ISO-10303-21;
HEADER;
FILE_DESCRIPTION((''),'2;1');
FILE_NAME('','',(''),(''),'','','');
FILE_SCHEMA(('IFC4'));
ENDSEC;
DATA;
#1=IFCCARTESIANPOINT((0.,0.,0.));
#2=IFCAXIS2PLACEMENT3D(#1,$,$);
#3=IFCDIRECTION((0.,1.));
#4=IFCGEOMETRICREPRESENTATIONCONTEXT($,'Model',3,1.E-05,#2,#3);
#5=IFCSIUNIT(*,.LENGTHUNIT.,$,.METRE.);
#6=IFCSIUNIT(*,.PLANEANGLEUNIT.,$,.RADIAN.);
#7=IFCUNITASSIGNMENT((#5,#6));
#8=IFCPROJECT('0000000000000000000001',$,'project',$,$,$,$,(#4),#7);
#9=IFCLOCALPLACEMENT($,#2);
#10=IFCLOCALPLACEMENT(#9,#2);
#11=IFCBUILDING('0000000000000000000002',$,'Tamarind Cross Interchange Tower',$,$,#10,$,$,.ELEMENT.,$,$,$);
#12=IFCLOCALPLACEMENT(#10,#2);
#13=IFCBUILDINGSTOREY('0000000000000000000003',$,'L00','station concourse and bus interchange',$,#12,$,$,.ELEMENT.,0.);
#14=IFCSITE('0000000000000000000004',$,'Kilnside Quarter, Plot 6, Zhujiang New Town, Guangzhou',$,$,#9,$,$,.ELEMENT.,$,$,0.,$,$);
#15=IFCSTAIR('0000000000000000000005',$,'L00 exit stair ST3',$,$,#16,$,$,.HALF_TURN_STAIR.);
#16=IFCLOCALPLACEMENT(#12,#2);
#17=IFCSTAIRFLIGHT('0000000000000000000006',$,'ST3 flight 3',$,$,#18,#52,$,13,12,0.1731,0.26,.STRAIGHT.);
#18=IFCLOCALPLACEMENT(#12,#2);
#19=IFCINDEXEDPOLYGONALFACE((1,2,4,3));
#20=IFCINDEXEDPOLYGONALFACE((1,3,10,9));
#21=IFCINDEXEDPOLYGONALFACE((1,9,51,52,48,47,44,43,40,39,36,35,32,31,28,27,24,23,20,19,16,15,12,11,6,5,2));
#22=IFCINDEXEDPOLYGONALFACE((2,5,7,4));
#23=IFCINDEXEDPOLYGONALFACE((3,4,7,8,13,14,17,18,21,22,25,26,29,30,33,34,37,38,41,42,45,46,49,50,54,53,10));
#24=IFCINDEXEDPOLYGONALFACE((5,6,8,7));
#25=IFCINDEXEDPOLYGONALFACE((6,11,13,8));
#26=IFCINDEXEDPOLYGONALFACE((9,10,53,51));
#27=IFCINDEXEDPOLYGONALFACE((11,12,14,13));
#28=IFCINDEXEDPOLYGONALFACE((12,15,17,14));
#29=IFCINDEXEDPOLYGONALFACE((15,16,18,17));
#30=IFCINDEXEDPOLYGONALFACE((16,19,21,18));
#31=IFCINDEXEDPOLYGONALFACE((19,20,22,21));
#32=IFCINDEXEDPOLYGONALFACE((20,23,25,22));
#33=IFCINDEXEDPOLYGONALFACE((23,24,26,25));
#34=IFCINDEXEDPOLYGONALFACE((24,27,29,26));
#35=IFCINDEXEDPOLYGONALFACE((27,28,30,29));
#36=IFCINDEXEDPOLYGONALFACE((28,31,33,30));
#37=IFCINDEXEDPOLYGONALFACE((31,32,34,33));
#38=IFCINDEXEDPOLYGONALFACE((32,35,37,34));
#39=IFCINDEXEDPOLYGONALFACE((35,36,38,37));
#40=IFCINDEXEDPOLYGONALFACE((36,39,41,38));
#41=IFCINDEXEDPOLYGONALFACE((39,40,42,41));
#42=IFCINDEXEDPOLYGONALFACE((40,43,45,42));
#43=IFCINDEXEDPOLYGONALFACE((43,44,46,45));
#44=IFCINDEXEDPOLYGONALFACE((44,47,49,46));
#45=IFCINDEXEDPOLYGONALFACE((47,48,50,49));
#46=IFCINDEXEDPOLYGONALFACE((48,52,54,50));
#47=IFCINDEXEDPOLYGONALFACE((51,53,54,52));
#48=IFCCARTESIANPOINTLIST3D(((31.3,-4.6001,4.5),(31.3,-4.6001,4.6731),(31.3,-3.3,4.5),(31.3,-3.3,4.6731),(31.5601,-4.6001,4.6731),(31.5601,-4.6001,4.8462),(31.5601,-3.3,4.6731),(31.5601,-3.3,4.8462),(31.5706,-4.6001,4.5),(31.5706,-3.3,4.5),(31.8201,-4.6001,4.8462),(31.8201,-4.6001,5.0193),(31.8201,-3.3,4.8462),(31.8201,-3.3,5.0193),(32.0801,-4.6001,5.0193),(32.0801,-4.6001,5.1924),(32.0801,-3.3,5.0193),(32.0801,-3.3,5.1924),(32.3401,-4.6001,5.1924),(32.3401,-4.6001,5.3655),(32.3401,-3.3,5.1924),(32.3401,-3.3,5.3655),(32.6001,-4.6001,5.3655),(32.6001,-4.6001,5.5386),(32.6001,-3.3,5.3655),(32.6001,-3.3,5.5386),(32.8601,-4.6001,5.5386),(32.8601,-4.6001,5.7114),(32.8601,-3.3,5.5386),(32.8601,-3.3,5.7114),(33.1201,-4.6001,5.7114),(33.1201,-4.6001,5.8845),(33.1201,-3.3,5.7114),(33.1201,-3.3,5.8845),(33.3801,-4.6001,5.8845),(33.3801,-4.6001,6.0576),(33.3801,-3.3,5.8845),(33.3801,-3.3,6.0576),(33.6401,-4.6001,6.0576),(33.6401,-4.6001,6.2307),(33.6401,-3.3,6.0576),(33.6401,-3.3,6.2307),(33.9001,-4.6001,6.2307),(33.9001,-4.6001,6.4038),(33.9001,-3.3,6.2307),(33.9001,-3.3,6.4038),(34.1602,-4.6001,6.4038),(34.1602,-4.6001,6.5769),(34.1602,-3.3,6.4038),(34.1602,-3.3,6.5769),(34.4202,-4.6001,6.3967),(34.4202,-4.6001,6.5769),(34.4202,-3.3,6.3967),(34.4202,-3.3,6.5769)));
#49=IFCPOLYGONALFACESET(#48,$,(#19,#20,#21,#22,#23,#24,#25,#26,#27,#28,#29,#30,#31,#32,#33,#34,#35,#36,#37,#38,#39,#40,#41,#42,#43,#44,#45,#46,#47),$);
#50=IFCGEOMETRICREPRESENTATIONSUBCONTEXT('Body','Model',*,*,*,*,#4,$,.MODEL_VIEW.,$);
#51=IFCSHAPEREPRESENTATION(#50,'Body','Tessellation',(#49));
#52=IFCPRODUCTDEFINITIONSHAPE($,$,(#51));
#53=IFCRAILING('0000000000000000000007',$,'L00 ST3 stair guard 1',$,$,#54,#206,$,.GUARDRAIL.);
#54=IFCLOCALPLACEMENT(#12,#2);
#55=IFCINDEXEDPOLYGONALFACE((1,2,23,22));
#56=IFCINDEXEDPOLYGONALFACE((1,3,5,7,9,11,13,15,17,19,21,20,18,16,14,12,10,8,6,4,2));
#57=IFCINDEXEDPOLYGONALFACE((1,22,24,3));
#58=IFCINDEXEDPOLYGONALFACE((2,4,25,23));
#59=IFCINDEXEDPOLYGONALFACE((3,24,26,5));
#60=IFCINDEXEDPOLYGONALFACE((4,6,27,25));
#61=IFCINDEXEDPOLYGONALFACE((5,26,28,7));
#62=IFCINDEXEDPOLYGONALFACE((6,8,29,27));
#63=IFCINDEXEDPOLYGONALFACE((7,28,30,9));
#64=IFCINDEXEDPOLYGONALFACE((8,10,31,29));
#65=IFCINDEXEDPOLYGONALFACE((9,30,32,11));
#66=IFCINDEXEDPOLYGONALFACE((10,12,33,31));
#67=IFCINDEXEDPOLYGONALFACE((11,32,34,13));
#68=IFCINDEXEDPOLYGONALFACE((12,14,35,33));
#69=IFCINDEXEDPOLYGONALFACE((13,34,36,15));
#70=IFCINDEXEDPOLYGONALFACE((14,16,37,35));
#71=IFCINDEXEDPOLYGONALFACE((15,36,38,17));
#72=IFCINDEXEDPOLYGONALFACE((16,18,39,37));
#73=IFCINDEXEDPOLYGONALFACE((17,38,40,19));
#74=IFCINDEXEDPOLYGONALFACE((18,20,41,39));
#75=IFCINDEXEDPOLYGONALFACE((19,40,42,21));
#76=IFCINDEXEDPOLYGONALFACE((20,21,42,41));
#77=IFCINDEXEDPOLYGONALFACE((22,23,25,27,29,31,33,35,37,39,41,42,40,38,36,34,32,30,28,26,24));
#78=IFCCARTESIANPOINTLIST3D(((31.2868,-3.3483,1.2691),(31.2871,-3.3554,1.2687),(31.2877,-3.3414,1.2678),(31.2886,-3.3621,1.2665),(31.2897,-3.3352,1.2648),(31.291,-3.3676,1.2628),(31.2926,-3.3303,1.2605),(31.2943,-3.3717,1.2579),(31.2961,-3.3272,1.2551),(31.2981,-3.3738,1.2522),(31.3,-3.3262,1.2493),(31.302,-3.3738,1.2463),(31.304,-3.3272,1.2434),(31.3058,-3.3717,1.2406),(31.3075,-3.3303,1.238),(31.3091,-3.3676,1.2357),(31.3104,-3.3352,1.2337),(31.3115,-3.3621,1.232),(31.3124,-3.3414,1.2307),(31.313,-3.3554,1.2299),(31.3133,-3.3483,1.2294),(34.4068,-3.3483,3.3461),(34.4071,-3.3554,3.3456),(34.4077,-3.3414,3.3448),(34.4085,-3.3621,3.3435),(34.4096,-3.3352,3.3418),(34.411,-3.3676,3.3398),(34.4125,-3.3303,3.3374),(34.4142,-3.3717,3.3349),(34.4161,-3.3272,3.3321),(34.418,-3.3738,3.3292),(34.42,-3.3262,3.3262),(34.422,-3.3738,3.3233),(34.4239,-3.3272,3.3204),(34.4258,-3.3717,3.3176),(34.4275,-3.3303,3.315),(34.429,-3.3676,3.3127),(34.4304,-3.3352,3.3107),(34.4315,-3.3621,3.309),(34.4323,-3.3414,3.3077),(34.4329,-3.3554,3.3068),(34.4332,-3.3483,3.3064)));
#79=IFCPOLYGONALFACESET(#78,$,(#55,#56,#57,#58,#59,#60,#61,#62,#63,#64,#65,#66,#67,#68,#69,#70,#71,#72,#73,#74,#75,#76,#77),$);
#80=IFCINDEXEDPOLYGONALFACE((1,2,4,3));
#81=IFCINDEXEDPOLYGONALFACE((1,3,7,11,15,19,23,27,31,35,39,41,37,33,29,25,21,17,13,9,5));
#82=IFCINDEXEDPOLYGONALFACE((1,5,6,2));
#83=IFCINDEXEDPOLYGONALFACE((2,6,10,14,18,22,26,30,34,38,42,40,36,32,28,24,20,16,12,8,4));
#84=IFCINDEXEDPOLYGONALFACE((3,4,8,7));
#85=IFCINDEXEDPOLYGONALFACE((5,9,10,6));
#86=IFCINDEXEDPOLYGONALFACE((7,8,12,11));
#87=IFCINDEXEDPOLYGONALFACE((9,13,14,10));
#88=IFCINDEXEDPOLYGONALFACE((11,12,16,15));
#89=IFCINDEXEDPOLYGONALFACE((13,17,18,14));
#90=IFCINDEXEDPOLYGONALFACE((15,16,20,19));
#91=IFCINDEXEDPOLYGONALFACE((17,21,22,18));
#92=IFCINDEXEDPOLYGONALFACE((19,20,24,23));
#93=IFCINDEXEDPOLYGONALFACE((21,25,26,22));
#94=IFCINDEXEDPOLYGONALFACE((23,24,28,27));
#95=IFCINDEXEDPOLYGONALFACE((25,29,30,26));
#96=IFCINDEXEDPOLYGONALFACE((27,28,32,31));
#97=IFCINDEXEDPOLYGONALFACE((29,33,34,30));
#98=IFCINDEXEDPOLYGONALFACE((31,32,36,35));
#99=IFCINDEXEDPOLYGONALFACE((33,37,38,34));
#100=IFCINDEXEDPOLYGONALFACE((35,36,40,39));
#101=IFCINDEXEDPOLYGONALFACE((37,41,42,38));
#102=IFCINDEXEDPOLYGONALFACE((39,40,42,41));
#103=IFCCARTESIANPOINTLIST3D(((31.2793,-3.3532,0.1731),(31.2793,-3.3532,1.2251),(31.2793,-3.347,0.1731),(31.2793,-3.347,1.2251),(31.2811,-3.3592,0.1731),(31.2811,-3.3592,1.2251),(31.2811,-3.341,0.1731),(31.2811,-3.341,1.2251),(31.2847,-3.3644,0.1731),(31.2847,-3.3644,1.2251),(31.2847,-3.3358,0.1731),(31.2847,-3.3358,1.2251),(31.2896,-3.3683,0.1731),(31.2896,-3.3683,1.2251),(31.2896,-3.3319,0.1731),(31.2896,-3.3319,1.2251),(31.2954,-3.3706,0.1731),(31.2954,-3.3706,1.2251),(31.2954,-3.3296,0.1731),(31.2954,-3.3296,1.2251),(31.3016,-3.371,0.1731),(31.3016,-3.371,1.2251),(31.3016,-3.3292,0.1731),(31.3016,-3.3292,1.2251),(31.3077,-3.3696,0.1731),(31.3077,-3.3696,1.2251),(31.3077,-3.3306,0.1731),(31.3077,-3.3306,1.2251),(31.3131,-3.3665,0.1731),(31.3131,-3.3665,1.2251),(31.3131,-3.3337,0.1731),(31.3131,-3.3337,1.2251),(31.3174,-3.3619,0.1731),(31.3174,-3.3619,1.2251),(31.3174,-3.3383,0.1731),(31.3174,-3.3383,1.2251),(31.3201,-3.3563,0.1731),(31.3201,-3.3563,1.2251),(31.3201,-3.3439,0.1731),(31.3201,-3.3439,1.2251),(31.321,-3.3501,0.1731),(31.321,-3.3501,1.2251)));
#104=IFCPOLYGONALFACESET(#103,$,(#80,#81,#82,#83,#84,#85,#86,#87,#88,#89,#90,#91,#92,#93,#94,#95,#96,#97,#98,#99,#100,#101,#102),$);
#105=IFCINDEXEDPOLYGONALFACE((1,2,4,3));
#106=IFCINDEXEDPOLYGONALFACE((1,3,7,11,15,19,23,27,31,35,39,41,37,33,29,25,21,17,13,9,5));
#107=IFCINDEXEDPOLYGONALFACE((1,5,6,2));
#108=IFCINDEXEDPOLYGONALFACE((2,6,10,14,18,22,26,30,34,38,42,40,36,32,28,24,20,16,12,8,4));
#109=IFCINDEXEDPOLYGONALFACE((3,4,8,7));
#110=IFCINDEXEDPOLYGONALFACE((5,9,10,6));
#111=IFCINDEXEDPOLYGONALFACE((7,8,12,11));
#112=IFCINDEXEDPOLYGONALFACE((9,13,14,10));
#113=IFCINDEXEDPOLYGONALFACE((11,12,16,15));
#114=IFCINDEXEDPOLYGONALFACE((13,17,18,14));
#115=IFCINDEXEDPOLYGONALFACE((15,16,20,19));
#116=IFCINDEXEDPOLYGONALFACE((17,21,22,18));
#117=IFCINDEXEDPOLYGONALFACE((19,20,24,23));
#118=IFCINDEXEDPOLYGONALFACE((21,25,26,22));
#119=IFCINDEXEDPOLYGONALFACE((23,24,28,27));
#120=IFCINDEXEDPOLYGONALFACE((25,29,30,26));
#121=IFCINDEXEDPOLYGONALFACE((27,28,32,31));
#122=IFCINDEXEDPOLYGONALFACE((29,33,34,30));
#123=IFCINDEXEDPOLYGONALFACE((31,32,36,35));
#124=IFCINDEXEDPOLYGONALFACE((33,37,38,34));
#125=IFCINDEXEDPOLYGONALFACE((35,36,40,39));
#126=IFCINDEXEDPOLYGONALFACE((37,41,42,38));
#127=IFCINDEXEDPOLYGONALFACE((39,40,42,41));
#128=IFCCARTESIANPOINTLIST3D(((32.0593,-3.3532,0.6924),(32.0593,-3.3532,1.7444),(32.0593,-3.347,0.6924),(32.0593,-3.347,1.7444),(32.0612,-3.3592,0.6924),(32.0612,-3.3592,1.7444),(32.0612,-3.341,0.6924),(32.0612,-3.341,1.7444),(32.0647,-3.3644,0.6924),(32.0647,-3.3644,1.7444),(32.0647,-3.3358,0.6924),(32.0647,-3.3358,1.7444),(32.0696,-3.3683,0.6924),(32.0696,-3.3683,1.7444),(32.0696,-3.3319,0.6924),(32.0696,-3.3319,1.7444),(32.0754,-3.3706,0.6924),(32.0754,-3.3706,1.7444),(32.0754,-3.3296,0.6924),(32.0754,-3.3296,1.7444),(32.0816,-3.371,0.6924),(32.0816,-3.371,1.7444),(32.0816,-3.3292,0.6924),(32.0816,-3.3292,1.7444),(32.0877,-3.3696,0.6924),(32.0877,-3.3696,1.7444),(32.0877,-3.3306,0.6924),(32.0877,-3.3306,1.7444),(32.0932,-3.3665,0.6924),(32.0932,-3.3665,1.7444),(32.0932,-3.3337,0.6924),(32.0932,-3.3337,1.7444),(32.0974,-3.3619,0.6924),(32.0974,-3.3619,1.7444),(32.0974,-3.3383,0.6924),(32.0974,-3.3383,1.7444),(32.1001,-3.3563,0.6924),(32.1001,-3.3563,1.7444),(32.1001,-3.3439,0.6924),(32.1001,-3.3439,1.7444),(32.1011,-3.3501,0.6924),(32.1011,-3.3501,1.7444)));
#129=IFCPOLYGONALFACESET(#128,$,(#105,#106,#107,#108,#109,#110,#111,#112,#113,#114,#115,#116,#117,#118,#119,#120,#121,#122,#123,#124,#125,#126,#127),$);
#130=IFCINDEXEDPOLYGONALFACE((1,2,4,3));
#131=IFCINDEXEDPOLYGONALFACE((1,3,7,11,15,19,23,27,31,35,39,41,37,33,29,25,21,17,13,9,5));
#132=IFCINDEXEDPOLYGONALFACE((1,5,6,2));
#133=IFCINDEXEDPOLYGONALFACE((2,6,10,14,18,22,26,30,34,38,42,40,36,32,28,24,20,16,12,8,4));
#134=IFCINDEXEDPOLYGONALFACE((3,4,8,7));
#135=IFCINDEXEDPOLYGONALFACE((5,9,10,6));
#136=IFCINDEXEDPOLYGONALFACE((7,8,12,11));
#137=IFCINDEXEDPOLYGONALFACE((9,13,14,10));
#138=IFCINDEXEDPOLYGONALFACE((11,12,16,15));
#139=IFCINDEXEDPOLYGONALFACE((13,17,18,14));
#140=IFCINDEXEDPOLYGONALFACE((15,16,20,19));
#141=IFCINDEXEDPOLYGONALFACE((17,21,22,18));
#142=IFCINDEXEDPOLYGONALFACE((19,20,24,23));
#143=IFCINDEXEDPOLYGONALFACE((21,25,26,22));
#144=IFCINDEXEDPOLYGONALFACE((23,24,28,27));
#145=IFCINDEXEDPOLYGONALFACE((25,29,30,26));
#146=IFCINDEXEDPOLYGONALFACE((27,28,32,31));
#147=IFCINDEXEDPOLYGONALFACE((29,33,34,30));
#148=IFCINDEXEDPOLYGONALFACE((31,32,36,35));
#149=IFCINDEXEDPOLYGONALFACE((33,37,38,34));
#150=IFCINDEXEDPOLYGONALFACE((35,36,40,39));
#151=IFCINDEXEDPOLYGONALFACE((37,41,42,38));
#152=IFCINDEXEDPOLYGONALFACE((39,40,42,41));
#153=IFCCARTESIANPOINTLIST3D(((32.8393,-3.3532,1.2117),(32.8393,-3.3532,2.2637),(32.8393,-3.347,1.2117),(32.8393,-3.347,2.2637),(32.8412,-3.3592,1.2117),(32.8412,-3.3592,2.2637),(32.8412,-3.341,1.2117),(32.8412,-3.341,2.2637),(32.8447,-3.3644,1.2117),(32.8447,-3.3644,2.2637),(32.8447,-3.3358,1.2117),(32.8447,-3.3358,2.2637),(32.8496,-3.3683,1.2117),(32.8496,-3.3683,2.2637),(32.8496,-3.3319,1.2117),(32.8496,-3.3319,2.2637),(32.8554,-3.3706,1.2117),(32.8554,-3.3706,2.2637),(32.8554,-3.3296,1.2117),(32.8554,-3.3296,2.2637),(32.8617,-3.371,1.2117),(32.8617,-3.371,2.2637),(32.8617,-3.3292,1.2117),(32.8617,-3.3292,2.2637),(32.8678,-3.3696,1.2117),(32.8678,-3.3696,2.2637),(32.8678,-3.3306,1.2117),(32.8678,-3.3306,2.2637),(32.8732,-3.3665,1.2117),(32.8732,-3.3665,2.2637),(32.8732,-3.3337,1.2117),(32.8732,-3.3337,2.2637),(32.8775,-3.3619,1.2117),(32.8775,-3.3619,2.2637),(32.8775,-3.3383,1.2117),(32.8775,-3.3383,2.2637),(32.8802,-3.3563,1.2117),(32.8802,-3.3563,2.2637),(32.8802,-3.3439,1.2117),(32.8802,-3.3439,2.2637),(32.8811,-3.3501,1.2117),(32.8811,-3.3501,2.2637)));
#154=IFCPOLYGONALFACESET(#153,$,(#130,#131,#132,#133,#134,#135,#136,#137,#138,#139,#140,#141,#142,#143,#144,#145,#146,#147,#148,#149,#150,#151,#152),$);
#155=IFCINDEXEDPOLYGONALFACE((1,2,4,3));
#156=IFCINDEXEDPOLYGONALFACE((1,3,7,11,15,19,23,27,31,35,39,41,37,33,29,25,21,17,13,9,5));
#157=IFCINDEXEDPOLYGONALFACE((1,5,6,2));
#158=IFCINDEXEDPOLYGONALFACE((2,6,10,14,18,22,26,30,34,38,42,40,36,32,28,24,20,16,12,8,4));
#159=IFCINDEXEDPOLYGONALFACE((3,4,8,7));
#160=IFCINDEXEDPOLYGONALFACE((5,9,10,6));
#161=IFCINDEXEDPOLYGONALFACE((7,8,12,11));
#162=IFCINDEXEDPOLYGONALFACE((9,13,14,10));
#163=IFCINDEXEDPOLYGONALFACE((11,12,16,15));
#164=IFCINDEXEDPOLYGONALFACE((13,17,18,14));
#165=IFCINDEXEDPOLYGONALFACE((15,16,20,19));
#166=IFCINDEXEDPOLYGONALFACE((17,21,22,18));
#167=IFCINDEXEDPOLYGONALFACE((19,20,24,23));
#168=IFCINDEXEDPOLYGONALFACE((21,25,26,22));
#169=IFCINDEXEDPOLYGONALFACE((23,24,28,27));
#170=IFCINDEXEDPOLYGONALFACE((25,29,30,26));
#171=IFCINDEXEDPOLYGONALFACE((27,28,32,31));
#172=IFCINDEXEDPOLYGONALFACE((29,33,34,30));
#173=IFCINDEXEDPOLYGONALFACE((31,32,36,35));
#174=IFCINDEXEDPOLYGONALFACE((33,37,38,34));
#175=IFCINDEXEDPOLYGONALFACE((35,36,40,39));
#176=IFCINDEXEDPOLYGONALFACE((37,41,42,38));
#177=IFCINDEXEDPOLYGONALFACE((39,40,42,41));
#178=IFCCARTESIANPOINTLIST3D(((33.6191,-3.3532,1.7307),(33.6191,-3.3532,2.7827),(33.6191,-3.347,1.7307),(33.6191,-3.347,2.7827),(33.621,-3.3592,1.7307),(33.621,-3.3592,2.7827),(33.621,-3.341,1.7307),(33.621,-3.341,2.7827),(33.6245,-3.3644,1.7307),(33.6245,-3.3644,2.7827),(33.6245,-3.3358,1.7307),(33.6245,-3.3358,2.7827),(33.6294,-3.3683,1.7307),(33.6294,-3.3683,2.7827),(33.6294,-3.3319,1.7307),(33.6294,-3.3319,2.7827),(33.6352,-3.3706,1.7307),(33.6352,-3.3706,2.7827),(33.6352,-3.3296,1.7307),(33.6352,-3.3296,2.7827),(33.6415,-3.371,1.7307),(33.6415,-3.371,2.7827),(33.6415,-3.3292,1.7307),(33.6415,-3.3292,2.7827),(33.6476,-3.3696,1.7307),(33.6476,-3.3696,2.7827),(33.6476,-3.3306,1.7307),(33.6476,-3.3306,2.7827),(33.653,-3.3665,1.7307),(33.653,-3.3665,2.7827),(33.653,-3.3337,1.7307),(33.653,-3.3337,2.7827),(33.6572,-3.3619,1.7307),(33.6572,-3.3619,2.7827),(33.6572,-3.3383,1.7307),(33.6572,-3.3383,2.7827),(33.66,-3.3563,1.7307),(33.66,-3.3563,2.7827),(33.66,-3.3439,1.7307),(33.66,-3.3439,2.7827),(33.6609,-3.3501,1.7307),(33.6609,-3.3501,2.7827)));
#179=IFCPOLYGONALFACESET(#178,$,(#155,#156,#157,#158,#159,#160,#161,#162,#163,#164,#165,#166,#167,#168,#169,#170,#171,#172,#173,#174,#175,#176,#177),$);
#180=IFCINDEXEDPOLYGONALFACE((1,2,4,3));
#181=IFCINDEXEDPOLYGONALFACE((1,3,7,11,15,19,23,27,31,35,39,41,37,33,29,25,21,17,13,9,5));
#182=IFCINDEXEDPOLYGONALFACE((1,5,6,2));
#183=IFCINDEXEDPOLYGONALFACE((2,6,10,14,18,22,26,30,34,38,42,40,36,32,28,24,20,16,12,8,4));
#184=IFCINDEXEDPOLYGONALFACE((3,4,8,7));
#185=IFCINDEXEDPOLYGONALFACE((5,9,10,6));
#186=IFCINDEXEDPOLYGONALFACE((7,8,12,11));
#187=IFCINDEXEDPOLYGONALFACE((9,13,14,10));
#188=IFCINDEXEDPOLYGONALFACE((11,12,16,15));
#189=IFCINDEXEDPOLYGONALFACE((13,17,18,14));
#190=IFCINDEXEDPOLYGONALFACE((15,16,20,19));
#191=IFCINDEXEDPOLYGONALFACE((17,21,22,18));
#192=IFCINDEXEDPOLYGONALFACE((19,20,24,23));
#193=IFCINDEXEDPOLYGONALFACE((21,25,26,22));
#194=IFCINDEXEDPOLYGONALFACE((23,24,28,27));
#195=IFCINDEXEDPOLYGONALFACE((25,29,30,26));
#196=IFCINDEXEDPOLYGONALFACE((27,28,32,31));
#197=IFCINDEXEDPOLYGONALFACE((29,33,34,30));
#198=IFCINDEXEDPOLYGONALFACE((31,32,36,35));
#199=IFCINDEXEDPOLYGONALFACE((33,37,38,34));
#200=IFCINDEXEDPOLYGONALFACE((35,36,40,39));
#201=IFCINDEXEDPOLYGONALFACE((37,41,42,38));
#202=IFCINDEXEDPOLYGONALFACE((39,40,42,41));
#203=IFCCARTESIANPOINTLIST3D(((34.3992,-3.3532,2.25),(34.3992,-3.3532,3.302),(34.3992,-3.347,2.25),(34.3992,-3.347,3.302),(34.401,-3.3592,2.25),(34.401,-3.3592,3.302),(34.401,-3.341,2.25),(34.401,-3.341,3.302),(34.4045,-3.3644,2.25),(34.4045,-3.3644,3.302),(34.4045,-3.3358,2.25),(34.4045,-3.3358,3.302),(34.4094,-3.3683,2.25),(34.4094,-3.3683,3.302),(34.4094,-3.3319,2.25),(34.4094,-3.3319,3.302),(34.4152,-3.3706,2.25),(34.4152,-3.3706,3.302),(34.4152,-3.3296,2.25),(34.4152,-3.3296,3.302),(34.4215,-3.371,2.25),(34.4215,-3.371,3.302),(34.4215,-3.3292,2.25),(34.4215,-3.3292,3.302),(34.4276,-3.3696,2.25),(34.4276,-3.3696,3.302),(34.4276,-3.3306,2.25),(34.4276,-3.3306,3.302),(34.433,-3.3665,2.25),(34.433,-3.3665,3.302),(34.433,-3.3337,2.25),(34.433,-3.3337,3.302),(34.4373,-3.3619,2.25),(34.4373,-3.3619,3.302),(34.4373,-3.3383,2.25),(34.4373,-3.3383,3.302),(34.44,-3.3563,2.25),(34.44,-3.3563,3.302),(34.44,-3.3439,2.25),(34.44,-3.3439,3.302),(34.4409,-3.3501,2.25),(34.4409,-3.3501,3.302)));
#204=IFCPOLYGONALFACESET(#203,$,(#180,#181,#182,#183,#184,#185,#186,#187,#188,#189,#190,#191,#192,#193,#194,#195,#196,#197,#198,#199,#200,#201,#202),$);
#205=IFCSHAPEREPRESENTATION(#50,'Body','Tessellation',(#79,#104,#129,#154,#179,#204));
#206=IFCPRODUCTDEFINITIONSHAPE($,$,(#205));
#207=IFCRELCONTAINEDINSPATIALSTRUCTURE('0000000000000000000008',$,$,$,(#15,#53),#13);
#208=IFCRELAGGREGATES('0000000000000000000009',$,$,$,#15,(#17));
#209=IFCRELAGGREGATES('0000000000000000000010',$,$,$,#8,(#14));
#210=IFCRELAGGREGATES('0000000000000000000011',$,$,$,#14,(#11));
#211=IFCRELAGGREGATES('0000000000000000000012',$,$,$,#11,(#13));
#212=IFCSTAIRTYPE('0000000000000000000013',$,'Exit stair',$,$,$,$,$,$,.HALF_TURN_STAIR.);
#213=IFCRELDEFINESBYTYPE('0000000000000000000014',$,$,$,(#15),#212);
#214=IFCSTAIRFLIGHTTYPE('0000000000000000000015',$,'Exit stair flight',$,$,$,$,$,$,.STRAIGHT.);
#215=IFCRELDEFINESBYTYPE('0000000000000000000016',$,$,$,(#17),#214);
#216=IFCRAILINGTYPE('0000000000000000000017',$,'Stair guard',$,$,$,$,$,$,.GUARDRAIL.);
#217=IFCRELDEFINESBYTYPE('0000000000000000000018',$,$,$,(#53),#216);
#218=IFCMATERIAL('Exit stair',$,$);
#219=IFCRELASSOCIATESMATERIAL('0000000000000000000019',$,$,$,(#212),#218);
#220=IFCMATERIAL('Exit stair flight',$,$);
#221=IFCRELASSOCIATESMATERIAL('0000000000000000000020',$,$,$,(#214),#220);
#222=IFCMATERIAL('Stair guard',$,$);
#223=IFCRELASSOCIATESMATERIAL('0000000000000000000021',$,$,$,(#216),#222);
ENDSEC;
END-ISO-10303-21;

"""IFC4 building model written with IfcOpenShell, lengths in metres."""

from ifc_helpers import new_model, si_unit, direction, frame, origin, origin_2d, place, context, subcontext, project, spatial, polyline, circle, outline, extrude, material, type_object, element, aggregate, save


model = new_model("IFC4")

# Units and contexts
model_context = context("Model", 3, precision=1e-05, world=origin(), true_north=direction((0.0, 1.0)))
body_context = subcontext(model_context, "Body", "Model", "MODEL_VIEW")
ifc_project = project(units=[si_unit("LENGTHUNIT", "METRE"), si_unit("PLANEANGLEUNIT", "RADIAN")], contexts=[model_context])

# Site, building, storey
site_placement = place(None, origin())
site = spatial("IfcSite", under=ifc_project, at=site_placement, Name="Kilnside Quarter, Plot 6, Zhujiang New Town, Guangzhou", CompositionType="ELEMENT", RefElevation=0.0)
building_placement = place(site_placement, origin())
building = spatial("IfcBuilding", under=site, at=building_placement, Name="Tamarind Cross Interchange Tower", CompositionType="ELEMENT")
storey_placement = place(building_placement, origin())
storey = spatial("IfcBuildingStorey", under=building, at=storey_placement, Name="L00", Description="station concourse and bus interchange", CompositionType="ELEMENT", Elevation=0.0)

# Stair, stair flight
ifc_material_1 = material(Name="Exit stair")
stair_type = type_object("IfcStairType", Name="Exit stair", PredefinedType="HALF_TURN_STAIR", material=ifc_material_1)
stair_placement = place(storey_placement, origin())
stair = element("IfcStair", 1, at=stair_placement, inside=storey, type_object=stair_type, Name="L00 exit stair ST3", PredefinedType="HALF_TURN_STAIR")
ifc_material_2 = material(Name="Exit stair flight")
stair_flight_type = type_object("IfcStairFlightType", Name="Exit stair flight", PredefinedType="STRAIGHT", material=ifc_material_2)
stair_flight_1_placement = place(storey_placement, frame((31.3, -3.95, 4.5), z_axis=(0.0, 0.0, 1.0), x_axis=(1.0, 0.0, 0.0)))
stair_flight_1 = element("IfcStairFlight", 2, at=stair_flight_1_placement, type_object=stair_flight_type, Name="ST3 flight 3", NumberOfRisers=13, NumberOfTreads=12, PredefinedType="STRAIGHT", RiserHeight=0.1731, TreadLength=0.26, context=body_context, shape_type="SweptSolid", body=[
    extrude(outline(polyline([(0.0, 0.0), (0.0, 0.1731), (0.26, 0.1731), (0.26, 0.3462), (0.52, 0.3462), (0.52, 0.5193), (0.78, 0.5193), (0.78, 0.6924), (1.04, 0.6924), (1.04, 0.8655), (1.3, 0.8655), (1.3, 1.0386), (1.5601, 1.0386), (1.5601, 1.2114), (1.8201, 1.2114), (1.8201, 1.3845), (2.0801, 1.3845), (2.0801, 1.5576), (2.3401, 1.5576), (2.3401, 1.7307), (2.6001, 1.7307), (2.6001, 1.9038), (2.8601, 1.9038), (2.8601, 2.0769), (3.1201, 2.0769), (3.1201, 2.25), (3.1201, 1.8967), (0.2705, 0.0), (0.0, 0.0)])), frame((0.0, 0.6499, 0.0), z_axis=(0.0, -1.0, 0.0), x_axis=(1.0, 0.0, 0.0)), (0.0, 0.0, 1.0), 1.3),
])
aggregate(stair, [stair_flight_1])

# Railing
ifc_material_3 = material(Name="Stair guard")
railing_type_1 = type_object("IfcRailingType", Name="Stair guard", PredefinedType="GUARDRAIL", material=ifc_material_3)
railing_1_placement = place(storey_placement, frame((31.3, -3.3501, 0.1731)))
element("IfcRailing", 3, at=railing_1_placement, inside=storey, type_object=railing_type_1, Name="L00 ST3 stair guard 1", PredefinedType="GUARDRAIL", context=body_context, shape_type="SweptSolid", body=[
    extrude(circle(Radius=0.0239, at=origin_2d()), frame((0.0, 0.0, 1.0762), z_axis=(0.832421, 0.0, 0.554144), x_axis=(0.0, 1.0, 0.0)), (0.0, 0.0, 1.0), 3.748),
    extrude(circle(Radius=0.021, at=origin_2d()), origin(), (0.0, 0.0, 1.0), 1.052),
    extrude(circle(Radius=0.021, at=origin_2d()), frame((0.78, 0.0, 0.5193)), (0.0, 0.0, 1.0), 1.052),
    extrude(circle(Radius=0.021, at=origin_2d()), frame((1.5601, 0.0, 1.0386)), (0.0, 0.0, 1.0), 1.052),
    extrude(circle(Radius=0.021, at=origin_2d()), frame((2.3398, 0.0, 1.5576)), (0.0, 0.0, 1.0), 1.052),
    extrude(circle(Radius=0.021, at=origin_2d()), frame((3.1199, 0.0, 2.0769)), (0.0, 0.0, 1.0), 1.052),
])

save(model, "model.ifc")
